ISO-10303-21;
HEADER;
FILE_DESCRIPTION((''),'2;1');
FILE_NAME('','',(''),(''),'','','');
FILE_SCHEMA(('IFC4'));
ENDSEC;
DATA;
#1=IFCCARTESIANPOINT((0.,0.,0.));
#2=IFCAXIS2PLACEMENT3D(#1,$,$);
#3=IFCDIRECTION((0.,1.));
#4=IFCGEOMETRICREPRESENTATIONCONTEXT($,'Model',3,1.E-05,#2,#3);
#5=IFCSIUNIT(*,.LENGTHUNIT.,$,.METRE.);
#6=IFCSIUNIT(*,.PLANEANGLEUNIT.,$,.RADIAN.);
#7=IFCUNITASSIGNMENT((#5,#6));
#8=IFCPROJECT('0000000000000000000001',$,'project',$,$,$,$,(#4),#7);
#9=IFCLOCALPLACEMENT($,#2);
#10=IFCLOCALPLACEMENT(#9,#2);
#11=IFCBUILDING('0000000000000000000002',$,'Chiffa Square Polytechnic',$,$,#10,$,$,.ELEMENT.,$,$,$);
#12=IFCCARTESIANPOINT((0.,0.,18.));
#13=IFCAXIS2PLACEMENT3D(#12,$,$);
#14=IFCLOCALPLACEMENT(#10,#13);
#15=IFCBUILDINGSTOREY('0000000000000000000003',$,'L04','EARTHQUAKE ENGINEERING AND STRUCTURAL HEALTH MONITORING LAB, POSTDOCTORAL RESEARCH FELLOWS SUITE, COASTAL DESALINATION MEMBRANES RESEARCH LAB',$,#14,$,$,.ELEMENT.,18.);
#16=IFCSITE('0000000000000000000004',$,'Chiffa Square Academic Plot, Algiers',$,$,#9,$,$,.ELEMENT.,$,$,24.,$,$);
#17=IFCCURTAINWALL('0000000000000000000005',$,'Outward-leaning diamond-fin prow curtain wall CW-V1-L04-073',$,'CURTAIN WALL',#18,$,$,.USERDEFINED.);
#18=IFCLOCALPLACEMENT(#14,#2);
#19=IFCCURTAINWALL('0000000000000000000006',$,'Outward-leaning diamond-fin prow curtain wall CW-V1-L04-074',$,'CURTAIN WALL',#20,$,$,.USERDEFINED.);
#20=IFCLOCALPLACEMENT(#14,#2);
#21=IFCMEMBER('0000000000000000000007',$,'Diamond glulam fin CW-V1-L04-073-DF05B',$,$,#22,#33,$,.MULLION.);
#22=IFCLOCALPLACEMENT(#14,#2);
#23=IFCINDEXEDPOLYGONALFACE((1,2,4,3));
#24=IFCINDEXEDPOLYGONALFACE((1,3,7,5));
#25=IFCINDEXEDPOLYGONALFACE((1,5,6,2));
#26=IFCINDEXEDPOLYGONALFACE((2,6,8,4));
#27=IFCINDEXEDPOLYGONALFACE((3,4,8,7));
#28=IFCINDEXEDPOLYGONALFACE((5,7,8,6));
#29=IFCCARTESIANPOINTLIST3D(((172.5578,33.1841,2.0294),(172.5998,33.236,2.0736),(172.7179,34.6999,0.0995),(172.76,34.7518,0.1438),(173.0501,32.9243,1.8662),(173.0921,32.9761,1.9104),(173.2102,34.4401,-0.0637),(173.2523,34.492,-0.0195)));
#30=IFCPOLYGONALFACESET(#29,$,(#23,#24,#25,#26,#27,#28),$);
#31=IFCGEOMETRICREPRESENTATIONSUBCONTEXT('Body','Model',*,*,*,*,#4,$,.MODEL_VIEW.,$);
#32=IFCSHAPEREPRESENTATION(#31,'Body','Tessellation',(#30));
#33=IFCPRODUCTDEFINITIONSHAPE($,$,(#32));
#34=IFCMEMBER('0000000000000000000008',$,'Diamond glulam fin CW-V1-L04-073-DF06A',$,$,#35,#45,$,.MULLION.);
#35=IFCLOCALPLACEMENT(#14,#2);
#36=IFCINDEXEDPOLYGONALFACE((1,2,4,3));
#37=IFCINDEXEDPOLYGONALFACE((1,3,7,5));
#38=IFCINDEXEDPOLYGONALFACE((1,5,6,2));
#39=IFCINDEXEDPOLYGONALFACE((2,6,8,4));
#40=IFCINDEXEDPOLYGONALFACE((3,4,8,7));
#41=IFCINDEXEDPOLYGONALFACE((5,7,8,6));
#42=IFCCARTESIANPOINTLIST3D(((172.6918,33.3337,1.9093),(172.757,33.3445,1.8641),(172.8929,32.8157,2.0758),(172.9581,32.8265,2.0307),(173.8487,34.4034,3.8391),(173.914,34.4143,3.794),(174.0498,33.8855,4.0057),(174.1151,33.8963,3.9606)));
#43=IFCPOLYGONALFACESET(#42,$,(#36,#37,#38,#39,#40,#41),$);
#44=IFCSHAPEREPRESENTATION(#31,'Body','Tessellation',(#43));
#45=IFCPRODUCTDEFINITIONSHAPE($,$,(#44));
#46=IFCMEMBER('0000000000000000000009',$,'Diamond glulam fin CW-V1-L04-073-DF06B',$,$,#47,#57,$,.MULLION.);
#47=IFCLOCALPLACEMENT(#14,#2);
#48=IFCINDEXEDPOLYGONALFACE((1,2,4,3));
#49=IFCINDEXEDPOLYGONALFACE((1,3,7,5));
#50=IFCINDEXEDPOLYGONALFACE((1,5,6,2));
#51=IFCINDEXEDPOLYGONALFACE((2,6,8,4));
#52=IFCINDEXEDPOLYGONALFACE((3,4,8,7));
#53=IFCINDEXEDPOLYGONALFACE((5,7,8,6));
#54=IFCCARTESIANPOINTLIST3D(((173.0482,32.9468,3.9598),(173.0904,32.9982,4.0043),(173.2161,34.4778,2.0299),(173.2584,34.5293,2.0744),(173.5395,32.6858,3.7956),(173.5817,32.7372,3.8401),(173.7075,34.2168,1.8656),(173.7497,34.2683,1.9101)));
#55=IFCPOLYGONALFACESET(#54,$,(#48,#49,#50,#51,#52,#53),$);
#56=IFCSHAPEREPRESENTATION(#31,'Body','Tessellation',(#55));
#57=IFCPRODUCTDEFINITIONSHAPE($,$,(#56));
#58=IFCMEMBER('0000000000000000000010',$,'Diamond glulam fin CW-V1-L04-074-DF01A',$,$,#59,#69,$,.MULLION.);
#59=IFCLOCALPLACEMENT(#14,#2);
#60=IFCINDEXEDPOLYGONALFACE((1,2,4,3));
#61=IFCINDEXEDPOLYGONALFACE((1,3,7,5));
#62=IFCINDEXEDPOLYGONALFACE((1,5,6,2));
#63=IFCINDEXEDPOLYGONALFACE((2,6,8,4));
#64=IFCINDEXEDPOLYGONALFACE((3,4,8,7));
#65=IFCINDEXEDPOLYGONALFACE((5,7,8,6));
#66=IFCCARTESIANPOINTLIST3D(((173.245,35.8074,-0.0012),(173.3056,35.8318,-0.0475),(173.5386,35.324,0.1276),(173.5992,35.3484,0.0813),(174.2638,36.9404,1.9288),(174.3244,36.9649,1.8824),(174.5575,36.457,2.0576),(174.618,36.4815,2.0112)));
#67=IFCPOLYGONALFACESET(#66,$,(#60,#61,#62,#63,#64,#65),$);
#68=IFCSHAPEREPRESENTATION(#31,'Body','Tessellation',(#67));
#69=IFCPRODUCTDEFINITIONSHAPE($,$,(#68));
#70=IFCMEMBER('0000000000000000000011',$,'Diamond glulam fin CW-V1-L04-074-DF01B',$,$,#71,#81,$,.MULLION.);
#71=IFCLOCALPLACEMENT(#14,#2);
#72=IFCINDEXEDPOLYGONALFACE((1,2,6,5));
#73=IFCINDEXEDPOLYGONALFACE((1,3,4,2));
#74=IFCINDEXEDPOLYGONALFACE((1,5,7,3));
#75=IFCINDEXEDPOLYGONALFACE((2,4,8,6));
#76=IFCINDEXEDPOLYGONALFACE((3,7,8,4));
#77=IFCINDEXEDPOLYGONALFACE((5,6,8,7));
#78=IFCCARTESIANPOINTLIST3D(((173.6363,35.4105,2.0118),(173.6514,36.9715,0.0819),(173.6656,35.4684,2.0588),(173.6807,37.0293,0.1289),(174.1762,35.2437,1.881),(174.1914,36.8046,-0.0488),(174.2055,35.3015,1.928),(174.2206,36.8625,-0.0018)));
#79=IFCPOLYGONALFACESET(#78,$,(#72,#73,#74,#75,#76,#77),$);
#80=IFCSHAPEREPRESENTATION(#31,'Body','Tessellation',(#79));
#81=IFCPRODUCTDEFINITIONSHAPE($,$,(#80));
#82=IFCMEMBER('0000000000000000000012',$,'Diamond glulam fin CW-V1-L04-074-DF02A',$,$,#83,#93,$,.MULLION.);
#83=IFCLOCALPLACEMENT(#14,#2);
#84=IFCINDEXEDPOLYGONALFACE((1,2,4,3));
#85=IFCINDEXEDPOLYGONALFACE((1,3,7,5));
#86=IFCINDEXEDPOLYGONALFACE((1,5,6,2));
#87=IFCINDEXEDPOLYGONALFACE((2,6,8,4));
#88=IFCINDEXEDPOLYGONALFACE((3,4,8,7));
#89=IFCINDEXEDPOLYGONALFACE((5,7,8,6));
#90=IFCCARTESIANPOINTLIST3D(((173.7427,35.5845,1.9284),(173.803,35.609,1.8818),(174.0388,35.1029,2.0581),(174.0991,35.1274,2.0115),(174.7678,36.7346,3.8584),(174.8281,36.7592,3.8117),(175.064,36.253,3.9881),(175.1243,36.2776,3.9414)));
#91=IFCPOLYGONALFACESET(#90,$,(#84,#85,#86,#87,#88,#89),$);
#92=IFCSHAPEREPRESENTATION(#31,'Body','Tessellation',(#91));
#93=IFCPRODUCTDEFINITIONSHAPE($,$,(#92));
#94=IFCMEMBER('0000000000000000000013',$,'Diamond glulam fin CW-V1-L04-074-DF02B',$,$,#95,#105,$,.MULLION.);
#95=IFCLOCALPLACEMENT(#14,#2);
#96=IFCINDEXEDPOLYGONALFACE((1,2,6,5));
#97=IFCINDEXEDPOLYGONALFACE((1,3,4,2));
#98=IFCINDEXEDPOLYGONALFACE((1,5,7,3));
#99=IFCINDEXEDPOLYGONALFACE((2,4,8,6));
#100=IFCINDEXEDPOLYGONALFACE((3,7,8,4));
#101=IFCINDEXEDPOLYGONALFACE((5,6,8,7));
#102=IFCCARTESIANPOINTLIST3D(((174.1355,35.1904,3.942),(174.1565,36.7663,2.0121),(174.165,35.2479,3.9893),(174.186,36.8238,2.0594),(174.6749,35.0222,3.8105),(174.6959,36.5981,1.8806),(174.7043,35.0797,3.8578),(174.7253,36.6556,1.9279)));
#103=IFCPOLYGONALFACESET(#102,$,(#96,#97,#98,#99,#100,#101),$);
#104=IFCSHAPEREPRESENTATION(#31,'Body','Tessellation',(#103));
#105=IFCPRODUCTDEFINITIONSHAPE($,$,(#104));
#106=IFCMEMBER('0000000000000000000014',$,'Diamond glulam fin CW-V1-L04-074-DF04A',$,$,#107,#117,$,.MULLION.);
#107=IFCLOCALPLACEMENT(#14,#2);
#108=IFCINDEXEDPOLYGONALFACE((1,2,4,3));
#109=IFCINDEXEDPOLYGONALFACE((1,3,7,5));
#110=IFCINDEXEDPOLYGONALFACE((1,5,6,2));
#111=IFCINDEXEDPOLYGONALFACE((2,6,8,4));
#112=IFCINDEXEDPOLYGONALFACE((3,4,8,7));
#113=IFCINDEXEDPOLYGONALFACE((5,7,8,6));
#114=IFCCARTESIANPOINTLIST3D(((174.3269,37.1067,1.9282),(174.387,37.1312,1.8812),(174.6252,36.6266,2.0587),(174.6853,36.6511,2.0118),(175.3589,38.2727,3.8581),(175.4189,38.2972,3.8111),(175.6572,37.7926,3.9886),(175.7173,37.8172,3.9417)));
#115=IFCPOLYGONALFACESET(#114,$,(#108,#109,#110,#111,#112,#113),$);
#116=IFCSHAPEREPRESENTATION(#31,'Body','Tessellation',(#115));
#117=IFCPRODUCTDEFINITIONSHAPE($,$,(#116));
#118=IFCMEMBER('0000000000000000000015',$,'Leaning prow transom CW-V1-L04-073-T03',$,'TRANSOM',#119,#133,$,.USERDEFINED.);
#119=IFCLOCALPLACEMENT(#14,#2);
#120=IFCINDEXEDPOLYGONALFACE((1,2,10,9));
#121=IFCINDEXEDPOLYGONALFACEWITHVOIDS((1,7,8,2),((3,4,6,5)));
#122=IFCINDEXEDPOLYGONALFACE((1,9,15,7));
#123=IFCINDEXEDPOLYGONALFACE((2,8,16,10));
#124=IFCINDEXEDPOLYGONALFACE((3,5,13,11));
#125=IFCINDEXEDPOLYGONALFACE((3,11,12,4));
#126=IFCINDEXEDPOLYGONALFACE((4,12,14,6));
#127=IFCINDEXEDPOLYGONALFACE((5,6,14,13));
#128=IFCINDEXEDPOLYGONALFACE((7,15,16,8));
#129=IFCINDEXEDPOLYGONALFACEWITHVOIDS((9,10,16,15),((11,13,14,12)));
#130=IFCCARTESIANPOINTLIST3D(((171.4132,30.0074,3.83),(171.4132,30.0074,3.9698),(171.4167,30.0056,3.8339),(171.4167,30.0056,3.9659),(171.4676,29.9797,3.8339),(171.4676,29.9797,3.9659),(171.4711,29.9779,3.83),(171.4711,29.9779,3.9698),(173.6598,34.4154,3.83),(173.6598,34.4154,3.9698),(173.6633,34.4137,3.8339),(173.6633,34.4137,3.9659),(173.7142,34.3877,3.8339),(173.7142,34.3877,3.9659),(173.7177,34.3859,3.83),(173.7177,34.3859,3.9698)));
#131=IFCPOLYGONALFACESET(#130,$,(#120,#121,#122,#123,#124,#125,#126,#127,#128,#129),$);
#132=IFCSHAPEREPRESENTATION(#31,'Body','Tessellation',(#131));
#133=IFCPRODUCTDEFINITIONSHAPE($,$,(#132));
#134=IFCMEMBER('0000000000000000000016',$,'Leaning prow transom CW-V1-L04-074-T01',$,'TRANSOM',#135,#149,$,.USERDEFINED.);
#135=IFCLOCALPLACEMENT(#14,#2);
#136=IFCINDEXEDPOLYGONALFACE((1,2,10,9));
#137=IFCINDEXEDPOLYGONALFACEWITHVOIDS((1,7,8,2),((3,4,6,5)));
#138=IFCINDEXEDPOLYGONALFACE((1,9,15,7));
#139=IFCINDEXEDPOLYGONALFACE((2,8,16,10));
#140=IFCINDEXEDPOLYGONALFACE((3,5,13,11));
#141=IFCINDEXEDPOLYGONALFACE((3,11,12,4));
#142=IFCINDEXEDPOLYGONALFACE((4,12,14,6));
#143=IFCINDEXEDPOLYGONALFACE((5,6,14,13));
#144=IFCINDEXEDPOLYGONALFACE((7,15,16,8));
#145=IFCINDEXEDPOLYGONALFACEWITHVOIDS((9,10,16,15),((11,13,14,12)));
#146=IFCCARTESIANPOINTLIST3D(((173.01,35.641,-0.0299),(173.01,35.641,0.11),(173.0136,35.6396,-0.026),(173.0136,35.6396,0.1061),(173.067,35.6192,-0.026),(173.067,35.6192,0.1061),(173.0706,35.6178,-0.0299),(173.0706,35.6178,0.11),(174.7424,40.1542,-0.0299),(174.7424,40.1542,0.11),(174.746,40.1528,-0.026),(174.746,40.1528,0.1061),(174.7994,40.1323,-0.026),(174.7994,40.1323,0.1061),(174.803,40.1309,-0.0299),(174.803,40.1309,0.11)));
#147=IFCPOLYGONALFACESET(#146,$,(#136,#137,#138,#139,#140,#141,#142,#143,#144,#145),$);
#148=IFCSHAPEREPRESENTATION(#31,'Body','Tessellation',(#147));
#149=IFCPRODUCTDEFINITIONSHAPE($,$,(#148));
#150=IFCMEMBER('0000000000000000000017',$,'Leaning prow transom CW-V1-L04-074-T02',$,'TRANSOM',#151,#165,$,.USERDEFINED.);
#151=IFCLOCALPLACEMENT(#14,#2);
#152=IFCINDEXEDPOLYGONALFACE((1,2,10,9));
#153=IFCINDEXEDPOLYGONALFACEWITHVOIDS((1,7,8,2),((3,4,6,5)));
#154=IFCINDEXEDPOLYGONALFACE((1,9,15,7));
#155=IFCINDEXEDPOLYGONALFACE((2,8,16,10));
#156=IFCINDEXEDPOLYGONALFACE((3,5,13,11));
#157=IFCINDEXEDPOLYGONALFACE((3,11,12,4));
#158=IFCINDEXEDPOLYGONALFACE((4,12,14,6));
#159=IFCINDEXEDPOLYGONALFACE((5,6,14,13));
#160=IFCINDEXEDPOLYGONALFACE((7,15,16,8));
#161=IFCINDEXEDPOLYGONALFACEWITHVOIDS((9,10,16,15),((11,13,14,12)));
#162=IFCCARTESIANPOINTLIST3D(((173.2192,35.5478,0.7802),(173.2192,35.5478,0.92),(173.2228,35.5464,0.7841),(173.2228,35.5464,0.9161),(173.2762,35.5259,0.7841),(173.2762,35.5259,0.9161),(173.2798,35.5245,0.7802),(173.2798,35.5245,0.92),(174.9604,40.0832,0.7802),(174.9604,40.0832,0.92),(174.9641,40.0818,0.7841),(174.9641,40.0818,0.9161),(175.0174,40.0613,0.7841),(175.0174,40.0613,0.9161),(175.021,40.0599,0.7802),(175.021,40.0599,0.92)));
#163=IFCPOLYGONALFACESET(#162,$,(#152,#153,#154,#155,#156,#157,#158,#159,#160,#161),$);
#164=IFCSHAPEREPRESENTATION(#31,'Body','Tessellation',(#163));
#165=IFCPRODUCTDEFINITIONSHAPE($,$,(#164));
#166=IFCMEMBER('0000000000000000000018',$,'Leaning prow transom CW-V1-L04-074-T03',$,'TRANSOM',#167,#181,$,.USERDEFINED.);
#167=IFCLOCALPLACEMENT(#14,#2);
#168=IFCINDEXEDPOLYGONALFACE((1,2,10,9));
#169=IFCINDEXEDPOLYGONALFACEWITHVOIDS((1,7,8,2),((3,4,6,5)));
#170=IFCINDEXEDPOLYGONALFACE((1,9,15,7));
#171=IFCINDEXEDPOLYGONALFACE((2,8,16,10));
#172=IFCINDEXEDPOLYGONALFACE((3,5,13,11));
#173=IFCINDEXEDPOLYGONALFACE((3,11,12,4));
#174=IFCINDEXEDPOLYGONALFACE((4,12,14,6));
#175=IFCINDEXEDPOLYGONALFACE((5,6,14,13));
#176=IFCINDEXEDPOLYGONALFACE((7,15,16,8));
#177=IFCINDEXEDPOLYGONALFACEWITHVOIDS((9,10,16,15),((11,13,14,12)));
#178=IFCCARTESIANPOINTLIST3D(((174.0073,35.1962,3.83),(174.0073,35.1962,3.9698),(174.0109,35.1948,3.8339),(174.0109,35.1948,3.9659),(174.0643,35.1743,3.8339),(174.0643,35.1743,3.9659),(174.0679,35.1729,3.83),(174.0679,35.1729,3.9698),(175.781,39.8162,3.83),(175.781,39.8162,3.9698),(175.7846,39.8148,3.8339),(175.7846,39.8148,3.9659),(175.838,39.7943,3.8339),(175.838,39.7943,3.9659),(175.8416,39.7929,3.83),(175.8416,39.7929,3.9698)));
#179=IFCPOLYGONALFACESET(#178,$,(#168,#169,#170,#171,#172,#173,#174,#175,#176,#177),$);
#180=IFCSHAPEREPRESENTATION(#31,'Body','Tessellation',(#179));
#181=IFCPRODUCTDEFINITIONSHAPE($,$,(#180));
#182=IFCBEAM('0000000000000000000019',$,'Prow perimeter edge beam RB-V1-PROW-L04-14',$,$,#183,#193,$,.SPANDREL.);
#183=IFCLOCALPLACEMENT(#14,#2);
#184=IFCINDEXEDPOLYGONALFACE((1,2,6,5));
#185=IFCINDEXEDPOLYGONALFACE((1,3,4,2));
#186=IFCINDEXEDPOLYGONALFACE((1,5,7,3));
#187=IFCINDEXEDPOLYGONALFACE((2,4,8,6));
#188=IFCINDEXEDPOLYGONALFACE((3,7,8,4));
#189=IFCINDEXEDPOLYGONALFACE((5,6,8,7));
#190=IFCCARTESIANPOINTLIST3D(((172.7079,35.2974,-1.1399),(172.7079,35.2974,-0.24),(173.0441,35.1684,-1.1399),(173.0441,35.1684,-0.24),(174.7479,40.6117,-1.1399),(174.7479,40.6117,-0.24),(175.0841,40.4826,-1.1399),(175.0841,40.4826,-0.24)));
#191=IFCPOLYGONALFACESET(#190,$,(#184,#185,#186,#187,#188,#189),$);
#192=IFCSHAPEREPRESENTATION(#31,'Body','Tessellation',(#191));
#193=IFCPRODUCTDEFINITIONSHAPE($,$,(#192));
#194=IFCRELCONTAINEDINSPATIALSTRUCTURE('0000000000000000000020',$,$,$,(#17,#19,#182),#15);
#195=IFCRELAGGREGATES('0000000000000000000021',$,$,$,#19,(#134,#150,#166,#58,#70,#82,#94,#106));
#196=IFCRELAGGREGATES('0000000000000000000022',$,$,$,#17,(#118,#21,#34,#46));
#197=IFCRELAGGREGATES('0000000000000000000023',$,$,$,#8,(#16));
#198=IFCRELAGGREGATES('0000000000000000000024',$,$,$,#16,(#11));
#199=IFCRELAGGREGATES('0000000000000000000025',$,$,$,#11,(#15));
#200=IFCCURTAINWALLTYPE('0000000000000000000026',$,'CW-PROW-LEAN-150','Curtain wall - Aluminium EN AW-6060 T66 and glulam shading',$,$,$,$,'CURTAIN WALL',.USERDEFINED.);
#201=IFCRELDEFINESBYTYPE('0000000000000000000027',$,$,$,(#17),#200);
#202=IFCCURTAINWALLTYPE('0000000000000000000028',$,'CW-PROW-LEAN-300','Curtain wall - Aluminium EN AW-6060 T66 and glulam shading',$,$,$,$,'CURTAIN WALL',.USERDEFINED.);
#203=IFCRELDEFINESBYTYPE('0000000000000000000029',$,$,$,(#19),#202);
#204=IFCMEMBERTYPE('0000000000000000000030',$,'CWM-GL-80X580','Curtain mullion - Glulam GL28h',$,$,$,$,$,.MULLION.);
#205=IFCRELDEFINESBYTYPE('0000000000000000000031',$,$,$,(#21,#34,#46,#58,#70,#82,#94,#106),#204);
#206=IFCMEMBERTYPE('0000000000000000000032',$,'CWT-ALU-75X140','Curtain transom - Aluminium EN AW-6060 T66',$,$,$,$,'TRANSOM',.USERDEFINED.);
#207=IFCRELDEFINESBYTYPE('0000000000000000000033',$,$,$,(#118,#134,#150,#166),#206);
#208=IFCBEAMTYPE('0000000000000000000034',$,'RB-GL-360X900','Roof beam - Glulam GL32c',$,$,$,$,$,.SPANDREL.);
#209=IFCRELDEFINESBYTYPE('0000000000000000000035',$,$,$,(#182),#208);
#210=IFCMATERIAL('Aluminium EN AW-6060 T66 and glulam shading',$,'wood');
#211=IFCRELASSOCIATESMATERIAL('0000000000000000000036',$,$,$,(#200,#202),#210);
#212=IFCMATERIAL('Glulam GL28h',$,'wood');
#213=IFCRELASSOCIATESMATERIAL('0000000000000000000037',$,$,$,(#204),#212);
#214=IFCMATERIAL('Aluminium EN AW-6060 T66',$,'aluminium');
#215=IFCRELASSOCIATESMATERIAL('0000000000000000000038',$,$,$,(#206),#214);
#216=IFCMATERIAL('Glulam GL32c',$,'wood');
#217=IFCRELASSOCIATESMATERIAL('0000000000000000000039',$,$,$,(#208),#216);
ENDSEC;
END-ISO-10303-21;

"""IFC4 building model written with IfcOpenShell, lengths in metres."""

from ifc_helpers import new_model, si_unit, direction, frame, origin, origin_2d, place, context, subcontext, project, spatial, rectangle, hollow_rectangle, extrude, material, material_profile, profile_set, type_object, element, aggregate, save


model = new_model("IFC4")

# Units and contexts
model_context = context("Model", 3, precision=1e-05, world=origin(), true_north=direction((0.0, 1.0)))
body_context = subcontext(model_context, "Body", "Model", "MODEL_VIEW")
ifc_project = project(units=[si_unit("LENGTHUNIT", "METRE"), si_unit("PLANEANGLEUNIT", "RADIAN")], contexts=[model_context])

# Site, building, storey
site_placement = place(None, origin())
site = spatial("IfcSite", under=ifc_project, at=site_placement, Name="Chiffa Square Academic Plot, Algiers", CompositionType="ELEMENT", RefElevation=24.0)
building_placement = place(site_placement, origin())
building = spatial("IfcBuilding", under=site, at=building_placement, Name="Chiffa Square Polytechnic", CompositionType="ELEMENT")
storey_placement = place(building_placement, frame((0.0, 0.0, 18.0)))
storey = spatial("IfcBuildingStorey", under=building, at=storey_placement, Name="L04", Description="EARTHQUAKE ENGINEERING AND STRUCTURAL HEALTH MONITORING LAB, POSTDOCTORAL RESEARCH FELLOWS SUITE, COASTAL DESALINATION MEMBRANES RESEARCH LAB", CompositionType="ELEMENT", Elevation=18.0)

# Shared definitions
ifc_material_1 = material(Name="Glulam GL32c", Category="wood")

# Curtain wall
ifc_material_2 = material(Name="Aluminium EN AW-6060 T66 and glulam shading", Category="wood")
curtain_wall_type_1 = type_object("IfcCurtainWallType", Name="CW-PROW-LEAN-150", Description="Curtain wall - Aluminium EN AW-6060 T66 and glulam shading", ElementType="CURTAIN WALL", PredefinedType="USERDEFINED", material=ifc_material_2)
curtain_wall_1_placement = place(storey_placement, origin())
curtain_wall_1 = element("IfcCurtainWall", 1, at=curtain_wall_1_placement, inside=storey, type_object=curtain_wall_type_1, Name="Outward-leaning diamond-fin prow curtain wall CW-V1-L04-073", ObjectType="CURTAIN WALL", PredefinedType="USERDEFINED")
ifc_material_3 = material(Name="Aluminium EN AW-6060 T66", Category="aluminium")

# Curtain wall
curtain_wall_type_2 = type_object("IfcCurtainWallType", Name="CW-PROW-LEAN-300", Description="Curtain wall - Aluminium EN AW-6060 T66 and glulam shading", ElementType="CURTAIN WALL", PredefinedType="USERDEFINED", material=ifc_material_2)
curtain_wall_2_placement = place(storey_placement, origin())
curtain_wall_2 = element("IfcCurtainWall", 2, at=curtain_wall_2_placement, inside=storey, type_object=curtain_wall_type_2, Name="Outward-leaning diamond-fin prow curtain wall CW-V1-L04-074", ObjectType="CURTAIN WALL", PredefinedType="USERDEFINED")

# Members
ifc_material_4 = material(Name="Glulam GL28h", Category="wood")
ifc_material_profile_1 = material_profile(ifc_material_4, rectangle(XDim=0.0801, YDim=0.5801, at=origin_2d()), Name="GL28h 80x580")
ifc_profile_set_1 = profile_set([ifc_material_profile_1], Name="Glulam GL28h")
member_type_1 = type_object("IfcMemberType", Name="CWM-GL-80X580", Description="Curtain mullion - Glulam GL28h", PredefinedType="MULLION", material=ifc_profile_set_1)
member_1_placement = place(storey_placement, frame((172.9851, 34.5959, 0.04), z_axis=(-0.065123, -0.616383, 0.784749), x_axis=(0.524943, 0.647646, 0.552258)))
member_1 = element("IfcMember", 3, at=member_1_placement, type_object=member_type_1, Name="Diamond glulam fin CW-V1-L04-073-DF05B", PredefinedType="MULLION", context=body_context, shape_type="SweptSolid", body=[
    extrude(rectangle(XDim=0.0801, YDim=0.5801, at=origin_2d()), origin(), (0.0, 0.0, 1.0), 2.4592),
])
member_2_placement = place(storey_placement, frame((172.825, 33.0801, 1.97), z_axis=(0.464364, 0.429383, 0.774594), x_axis=(-0.814955, -0.135233, 0.563525)))
member_2 = element("IfcMember", 4, at=member_2_placement, type_object=member_type_1, Name="Diamond glulam fin CW-V1-L04-073-DF06A", PredefinedType="MULLION", context=body_context, shape_type="SweptSolid", body=[
    extrude(rectangle(XDim=0.0801, YDim=0.5801, at=origin_2d()), origin(), (0.0, 0.0, 1.0), 2.4915),
])
member_3_placement = place(storey_placement, frame((173.4829, 34.373, 1.97), z_axis=(-0.068026, -0.620047, 0.78161), x_axis=(0.527232, 0.642755, 0.555781)))
member_3 = element("IfcMember", 5, at=member_3_placement, type_object=member_type_1, Name="Diamond glulam fin CW-V1-L04-073-DF06B", PredefinedType="MULLION", context=body_context, shape_type="SweptSolid", body=[
    extrude(rectangle(XDim=0.0801, YDim=0.5801, at=origin_2d()), origin(), (0.0, 0.0, 1.0), 2.4692),
])
member_4_placement = place(storey_placement, frame((173.4221, 35.5779, 0.04), z_axis=(0.414324, 0.46079, 0.784862), x_axis=(-0.756403, -0.305251, 0.578512)))
member_4 = element("IfcMember", 6, at=member_4_placement, type_object=member_type_1, Name="Diamond glulam fin CW-V1-L04-074-DF01A", PredefinedType="MULLION", context=body_context, shape_type="SweptSolid", body=[
    extrude(rectangle(XDim=0.0801, YDim=0.5801, at=origin_2d()), origin(), (0.0, 0.0, 1.0), 2.459),
])
member_5_placement = place(storey_placement, frame((173.936, 36.917, 0.04), z_axis=(-0.006098, -0.628872, 0.777485), x_axis=(0.365389, 0.722335, 0.587131)))
member_5 = element("IfcMember", 7, at=member_5_placement, type_object=member_type_1, Name="Diamond glulam fin CW-V1-L04-074-DF01B", PredefinedType="MULLION", context=body_context, shape_type="SweptSolid", body=[
    extrude(rectangle(XDim=0.0801, YDim=0.5801, at=origin_2d()), origin(), (0.0, 0.0, 1.0), 2.4822),
])
member_6_placement = place(storey_placement, frame((173.9209, 35.356, 1.97), z_axis=(0.415124, 0.465742, 0.781509), x_axis=(-0.752984, -0.306204, 0.582455)))
member_6 = element("IfcMember", 8, at=member_6_placement, type_object=member_type_1, Name="Diamond glulam fin CW-V1-L04-074-DF02A", PredefinedType="MULLION", context=body_context, shape_type="SweptSolid", body=[
    extrude(rectangle(XDim=0.0801, YDim=0.5801, at=origin_2d()), origin(), (0.0, 0.0, 1.0), 2.4695),
])
member_7_placement = place(storey_placement, frame((174.4409, 36.7109, 1.97), z_axis=(-0.008426, -0.632468, 0.774541), x_axis=(0.367969, 0.718258, 0.590512)))
member_7 = element("IfcMember", 9, at=member_7_placement, type_object=member_type_1, Name="Diamond glulam fin CW-V1-L04-074-DF02B", PredefinedType="MULLION", context=body_context, shape_type="SweptSolid", body=[
    extrude(rectangle(XDim=0.0801, YDim=0.5801, at=origin_2d()), origin(), (0.0, 0.0, 1.0), 2.4917),
])
member_8_placement = place(storey_placement, frame((174.5061, 36.8789, 1.97), z_axis=(0.416162, 0.470213, 0.778273), x_axis=(-0.749904, -0.306578, 0.586219)))
member_8 = element("IfcMember", 10, at=member_8_placement, type_object=member_type_1, Name="Diamond glulam fin CW-V1-L04-074-DF04A", PredefinedType="MULLION", context=body_context, shape_type="SweptSolid", body=[
    extrude(rectangle(XDim=0.0801, YDim=0.5801, at=origin_2d()), origin(), (0.0, 0.0, 1.0), 2.4797),
])
ifc_material_profile_2 = material_profile(ifc_material_3, hollow_rectangle(XDim=0.0649, YDim=0.1399, WallThickness=0.0039, at=origin_2d()), Name="ALU 65x140x4")
ifc_profile_set_2 = profile_set([ifc_material_profile_2], Name="Aluminium EN AW-6060 T66")
member_type_2 = type_object("IfcMemberType", Name="CWT-ALU-75X140", Description="Curtain transom - Aluminium EN AW-6060 T66", ElementType="TRANSOM", PredefinedType="USERDEFINED", material=ifc_profile_set_2)
member_9_placement = place(storey_placement, frame((171.4421, 29.9927, 3.8999), z_axis=(0.454089, 0.890956, 0.0), x_axis=(-0.890956, 0.454089, 0.0)))
member_9 = element("IfcMember", 11, at=member_9_placement, type_object=member_type_2, Name="Leaning prow transom CW-V1-L04-073-T03", ObjectType="TRANSOM", PredefinedType="USERDEFINED", context=body_context, shape_type="SweptSolid", body=[
    extrude(hollow_rectangle(XDim=0.0649, YDim=0.1399, WallThickness=0.0039, at=origin_2d()), origin(), (0.0, 0.0, 1.0), 4.9475),
])
member_10_placement = place(storey_placement, frame((173.0403, 35.6294, 0.04), z_axis=(0.358363, 0.933582, 0.0), x_axis=(-0.933582, 0.358363, 0.0)))
member_10 = element("IfcMember", 12, at=member_10_placement, type_object=member_type_2, Name="Leaning prow transom CW-V1-L04-074-T01", ObjectType="TRANSOM", PredefinedType="USERDEFINED", context=body_context, shape_type="SweptSolid", body=[
    extrude(hollow_rectangle(XDim=0.0649, YDim=0.1399, WallThickness=0.0039, at=origin_2d()), origin(), (0.0, 0.0, 1.0), 4.8342),
])
member_11_placement = place(storey_placement, frame((173.2495, 35.5361, 0.8501), z_axis=(0.35841, 0.933564, 0.0), x_axis=(-0.933564, 0.35841, 0.0)))
member_11 = element("IfcMember", 13, at=member_11_placement, type_object=member_type_2, Name="Leaning prow transom CW-V1-L04-074-T02", ObjectType="TRANSOM", PredefinedType="USERDEFINED", context=body_context, shape_type="SweptSolid", body=[
    extrude(hollow_rectangle(XDim=0.0649, YDim=0.1399, WallThickness=0.0039, at=origin_2d()), origin(), (0.0, 0.0, 1.0), 4.8582),
])
member_12_placement = place(storey_placement, frame((174.0376, 35.1846, 3.8999), z_axis=(0.358417, 0.933562, 0.0), x_axis=(-0.933562, 0.358417, 0.0)))
member_12 = element("IfcMember", 14, at=member_12_placement, type_object=member_type_2, Name="Leaning prow transom CW-V1-L04-074-T03", ObjectType="TRANSOM", PredefinedType="USERDEFINED", context=body_context, shape_type="SweptSolid", body=[
    extrude(hollow_rectangle(XDim=0.0649, YDim=0.1399, WallThickness=0.0039, at=origin_2d()), origin(), (0.0, 0.0, 1.0), 4.9487),
])

# Beam
ifc_material_profile_3 = material_profile(ifc_material_1, rectangle(XDim=0.3601, YDim=0.8999, at=origin_2d()), Name="GL32c 360x900")
ifc_profile_set_3 = profile_set([ifc_material_profile_3], Name="Glulam GL32c")
beam_type = type_object("IfcBeamType", Name="RB-GL-360X900", Description="Roof beam - Glulam GL32c", PredefinedType="SPANDREL", material=ifc_profile_set_3)
beam_placement = place(storey_placement, frame((172.876, 35.2329, -0.6899), z_axis=(0.358384, 0.933574, 0.0), x_axis=(-0.933574, 0.358384, 0.0)))
element("IfcBeam", 15, at=beam_placement, inside=storey, type_object=beam_type, Name="Prow perimeter edge beam RB-V1-PROW-L04-14", PredefinedType="SPANDREL", context=body_context, shape_type="SweptSolid", body=[
    extrude(rectangle(XDim=0.3601, YDim=0.8999, at=origin_2d()), origin(), (0.0, 0.0, 1.0), 5.6924),
])

aggregate(curtain_wall_2, [member_10, member_11, member_12, member_4, member_5, member_6, member_7, member_8])
aggregate(curtain_wall_1, [member_9, member_1, member_2, member_3])

save(model, "model.ifc")
